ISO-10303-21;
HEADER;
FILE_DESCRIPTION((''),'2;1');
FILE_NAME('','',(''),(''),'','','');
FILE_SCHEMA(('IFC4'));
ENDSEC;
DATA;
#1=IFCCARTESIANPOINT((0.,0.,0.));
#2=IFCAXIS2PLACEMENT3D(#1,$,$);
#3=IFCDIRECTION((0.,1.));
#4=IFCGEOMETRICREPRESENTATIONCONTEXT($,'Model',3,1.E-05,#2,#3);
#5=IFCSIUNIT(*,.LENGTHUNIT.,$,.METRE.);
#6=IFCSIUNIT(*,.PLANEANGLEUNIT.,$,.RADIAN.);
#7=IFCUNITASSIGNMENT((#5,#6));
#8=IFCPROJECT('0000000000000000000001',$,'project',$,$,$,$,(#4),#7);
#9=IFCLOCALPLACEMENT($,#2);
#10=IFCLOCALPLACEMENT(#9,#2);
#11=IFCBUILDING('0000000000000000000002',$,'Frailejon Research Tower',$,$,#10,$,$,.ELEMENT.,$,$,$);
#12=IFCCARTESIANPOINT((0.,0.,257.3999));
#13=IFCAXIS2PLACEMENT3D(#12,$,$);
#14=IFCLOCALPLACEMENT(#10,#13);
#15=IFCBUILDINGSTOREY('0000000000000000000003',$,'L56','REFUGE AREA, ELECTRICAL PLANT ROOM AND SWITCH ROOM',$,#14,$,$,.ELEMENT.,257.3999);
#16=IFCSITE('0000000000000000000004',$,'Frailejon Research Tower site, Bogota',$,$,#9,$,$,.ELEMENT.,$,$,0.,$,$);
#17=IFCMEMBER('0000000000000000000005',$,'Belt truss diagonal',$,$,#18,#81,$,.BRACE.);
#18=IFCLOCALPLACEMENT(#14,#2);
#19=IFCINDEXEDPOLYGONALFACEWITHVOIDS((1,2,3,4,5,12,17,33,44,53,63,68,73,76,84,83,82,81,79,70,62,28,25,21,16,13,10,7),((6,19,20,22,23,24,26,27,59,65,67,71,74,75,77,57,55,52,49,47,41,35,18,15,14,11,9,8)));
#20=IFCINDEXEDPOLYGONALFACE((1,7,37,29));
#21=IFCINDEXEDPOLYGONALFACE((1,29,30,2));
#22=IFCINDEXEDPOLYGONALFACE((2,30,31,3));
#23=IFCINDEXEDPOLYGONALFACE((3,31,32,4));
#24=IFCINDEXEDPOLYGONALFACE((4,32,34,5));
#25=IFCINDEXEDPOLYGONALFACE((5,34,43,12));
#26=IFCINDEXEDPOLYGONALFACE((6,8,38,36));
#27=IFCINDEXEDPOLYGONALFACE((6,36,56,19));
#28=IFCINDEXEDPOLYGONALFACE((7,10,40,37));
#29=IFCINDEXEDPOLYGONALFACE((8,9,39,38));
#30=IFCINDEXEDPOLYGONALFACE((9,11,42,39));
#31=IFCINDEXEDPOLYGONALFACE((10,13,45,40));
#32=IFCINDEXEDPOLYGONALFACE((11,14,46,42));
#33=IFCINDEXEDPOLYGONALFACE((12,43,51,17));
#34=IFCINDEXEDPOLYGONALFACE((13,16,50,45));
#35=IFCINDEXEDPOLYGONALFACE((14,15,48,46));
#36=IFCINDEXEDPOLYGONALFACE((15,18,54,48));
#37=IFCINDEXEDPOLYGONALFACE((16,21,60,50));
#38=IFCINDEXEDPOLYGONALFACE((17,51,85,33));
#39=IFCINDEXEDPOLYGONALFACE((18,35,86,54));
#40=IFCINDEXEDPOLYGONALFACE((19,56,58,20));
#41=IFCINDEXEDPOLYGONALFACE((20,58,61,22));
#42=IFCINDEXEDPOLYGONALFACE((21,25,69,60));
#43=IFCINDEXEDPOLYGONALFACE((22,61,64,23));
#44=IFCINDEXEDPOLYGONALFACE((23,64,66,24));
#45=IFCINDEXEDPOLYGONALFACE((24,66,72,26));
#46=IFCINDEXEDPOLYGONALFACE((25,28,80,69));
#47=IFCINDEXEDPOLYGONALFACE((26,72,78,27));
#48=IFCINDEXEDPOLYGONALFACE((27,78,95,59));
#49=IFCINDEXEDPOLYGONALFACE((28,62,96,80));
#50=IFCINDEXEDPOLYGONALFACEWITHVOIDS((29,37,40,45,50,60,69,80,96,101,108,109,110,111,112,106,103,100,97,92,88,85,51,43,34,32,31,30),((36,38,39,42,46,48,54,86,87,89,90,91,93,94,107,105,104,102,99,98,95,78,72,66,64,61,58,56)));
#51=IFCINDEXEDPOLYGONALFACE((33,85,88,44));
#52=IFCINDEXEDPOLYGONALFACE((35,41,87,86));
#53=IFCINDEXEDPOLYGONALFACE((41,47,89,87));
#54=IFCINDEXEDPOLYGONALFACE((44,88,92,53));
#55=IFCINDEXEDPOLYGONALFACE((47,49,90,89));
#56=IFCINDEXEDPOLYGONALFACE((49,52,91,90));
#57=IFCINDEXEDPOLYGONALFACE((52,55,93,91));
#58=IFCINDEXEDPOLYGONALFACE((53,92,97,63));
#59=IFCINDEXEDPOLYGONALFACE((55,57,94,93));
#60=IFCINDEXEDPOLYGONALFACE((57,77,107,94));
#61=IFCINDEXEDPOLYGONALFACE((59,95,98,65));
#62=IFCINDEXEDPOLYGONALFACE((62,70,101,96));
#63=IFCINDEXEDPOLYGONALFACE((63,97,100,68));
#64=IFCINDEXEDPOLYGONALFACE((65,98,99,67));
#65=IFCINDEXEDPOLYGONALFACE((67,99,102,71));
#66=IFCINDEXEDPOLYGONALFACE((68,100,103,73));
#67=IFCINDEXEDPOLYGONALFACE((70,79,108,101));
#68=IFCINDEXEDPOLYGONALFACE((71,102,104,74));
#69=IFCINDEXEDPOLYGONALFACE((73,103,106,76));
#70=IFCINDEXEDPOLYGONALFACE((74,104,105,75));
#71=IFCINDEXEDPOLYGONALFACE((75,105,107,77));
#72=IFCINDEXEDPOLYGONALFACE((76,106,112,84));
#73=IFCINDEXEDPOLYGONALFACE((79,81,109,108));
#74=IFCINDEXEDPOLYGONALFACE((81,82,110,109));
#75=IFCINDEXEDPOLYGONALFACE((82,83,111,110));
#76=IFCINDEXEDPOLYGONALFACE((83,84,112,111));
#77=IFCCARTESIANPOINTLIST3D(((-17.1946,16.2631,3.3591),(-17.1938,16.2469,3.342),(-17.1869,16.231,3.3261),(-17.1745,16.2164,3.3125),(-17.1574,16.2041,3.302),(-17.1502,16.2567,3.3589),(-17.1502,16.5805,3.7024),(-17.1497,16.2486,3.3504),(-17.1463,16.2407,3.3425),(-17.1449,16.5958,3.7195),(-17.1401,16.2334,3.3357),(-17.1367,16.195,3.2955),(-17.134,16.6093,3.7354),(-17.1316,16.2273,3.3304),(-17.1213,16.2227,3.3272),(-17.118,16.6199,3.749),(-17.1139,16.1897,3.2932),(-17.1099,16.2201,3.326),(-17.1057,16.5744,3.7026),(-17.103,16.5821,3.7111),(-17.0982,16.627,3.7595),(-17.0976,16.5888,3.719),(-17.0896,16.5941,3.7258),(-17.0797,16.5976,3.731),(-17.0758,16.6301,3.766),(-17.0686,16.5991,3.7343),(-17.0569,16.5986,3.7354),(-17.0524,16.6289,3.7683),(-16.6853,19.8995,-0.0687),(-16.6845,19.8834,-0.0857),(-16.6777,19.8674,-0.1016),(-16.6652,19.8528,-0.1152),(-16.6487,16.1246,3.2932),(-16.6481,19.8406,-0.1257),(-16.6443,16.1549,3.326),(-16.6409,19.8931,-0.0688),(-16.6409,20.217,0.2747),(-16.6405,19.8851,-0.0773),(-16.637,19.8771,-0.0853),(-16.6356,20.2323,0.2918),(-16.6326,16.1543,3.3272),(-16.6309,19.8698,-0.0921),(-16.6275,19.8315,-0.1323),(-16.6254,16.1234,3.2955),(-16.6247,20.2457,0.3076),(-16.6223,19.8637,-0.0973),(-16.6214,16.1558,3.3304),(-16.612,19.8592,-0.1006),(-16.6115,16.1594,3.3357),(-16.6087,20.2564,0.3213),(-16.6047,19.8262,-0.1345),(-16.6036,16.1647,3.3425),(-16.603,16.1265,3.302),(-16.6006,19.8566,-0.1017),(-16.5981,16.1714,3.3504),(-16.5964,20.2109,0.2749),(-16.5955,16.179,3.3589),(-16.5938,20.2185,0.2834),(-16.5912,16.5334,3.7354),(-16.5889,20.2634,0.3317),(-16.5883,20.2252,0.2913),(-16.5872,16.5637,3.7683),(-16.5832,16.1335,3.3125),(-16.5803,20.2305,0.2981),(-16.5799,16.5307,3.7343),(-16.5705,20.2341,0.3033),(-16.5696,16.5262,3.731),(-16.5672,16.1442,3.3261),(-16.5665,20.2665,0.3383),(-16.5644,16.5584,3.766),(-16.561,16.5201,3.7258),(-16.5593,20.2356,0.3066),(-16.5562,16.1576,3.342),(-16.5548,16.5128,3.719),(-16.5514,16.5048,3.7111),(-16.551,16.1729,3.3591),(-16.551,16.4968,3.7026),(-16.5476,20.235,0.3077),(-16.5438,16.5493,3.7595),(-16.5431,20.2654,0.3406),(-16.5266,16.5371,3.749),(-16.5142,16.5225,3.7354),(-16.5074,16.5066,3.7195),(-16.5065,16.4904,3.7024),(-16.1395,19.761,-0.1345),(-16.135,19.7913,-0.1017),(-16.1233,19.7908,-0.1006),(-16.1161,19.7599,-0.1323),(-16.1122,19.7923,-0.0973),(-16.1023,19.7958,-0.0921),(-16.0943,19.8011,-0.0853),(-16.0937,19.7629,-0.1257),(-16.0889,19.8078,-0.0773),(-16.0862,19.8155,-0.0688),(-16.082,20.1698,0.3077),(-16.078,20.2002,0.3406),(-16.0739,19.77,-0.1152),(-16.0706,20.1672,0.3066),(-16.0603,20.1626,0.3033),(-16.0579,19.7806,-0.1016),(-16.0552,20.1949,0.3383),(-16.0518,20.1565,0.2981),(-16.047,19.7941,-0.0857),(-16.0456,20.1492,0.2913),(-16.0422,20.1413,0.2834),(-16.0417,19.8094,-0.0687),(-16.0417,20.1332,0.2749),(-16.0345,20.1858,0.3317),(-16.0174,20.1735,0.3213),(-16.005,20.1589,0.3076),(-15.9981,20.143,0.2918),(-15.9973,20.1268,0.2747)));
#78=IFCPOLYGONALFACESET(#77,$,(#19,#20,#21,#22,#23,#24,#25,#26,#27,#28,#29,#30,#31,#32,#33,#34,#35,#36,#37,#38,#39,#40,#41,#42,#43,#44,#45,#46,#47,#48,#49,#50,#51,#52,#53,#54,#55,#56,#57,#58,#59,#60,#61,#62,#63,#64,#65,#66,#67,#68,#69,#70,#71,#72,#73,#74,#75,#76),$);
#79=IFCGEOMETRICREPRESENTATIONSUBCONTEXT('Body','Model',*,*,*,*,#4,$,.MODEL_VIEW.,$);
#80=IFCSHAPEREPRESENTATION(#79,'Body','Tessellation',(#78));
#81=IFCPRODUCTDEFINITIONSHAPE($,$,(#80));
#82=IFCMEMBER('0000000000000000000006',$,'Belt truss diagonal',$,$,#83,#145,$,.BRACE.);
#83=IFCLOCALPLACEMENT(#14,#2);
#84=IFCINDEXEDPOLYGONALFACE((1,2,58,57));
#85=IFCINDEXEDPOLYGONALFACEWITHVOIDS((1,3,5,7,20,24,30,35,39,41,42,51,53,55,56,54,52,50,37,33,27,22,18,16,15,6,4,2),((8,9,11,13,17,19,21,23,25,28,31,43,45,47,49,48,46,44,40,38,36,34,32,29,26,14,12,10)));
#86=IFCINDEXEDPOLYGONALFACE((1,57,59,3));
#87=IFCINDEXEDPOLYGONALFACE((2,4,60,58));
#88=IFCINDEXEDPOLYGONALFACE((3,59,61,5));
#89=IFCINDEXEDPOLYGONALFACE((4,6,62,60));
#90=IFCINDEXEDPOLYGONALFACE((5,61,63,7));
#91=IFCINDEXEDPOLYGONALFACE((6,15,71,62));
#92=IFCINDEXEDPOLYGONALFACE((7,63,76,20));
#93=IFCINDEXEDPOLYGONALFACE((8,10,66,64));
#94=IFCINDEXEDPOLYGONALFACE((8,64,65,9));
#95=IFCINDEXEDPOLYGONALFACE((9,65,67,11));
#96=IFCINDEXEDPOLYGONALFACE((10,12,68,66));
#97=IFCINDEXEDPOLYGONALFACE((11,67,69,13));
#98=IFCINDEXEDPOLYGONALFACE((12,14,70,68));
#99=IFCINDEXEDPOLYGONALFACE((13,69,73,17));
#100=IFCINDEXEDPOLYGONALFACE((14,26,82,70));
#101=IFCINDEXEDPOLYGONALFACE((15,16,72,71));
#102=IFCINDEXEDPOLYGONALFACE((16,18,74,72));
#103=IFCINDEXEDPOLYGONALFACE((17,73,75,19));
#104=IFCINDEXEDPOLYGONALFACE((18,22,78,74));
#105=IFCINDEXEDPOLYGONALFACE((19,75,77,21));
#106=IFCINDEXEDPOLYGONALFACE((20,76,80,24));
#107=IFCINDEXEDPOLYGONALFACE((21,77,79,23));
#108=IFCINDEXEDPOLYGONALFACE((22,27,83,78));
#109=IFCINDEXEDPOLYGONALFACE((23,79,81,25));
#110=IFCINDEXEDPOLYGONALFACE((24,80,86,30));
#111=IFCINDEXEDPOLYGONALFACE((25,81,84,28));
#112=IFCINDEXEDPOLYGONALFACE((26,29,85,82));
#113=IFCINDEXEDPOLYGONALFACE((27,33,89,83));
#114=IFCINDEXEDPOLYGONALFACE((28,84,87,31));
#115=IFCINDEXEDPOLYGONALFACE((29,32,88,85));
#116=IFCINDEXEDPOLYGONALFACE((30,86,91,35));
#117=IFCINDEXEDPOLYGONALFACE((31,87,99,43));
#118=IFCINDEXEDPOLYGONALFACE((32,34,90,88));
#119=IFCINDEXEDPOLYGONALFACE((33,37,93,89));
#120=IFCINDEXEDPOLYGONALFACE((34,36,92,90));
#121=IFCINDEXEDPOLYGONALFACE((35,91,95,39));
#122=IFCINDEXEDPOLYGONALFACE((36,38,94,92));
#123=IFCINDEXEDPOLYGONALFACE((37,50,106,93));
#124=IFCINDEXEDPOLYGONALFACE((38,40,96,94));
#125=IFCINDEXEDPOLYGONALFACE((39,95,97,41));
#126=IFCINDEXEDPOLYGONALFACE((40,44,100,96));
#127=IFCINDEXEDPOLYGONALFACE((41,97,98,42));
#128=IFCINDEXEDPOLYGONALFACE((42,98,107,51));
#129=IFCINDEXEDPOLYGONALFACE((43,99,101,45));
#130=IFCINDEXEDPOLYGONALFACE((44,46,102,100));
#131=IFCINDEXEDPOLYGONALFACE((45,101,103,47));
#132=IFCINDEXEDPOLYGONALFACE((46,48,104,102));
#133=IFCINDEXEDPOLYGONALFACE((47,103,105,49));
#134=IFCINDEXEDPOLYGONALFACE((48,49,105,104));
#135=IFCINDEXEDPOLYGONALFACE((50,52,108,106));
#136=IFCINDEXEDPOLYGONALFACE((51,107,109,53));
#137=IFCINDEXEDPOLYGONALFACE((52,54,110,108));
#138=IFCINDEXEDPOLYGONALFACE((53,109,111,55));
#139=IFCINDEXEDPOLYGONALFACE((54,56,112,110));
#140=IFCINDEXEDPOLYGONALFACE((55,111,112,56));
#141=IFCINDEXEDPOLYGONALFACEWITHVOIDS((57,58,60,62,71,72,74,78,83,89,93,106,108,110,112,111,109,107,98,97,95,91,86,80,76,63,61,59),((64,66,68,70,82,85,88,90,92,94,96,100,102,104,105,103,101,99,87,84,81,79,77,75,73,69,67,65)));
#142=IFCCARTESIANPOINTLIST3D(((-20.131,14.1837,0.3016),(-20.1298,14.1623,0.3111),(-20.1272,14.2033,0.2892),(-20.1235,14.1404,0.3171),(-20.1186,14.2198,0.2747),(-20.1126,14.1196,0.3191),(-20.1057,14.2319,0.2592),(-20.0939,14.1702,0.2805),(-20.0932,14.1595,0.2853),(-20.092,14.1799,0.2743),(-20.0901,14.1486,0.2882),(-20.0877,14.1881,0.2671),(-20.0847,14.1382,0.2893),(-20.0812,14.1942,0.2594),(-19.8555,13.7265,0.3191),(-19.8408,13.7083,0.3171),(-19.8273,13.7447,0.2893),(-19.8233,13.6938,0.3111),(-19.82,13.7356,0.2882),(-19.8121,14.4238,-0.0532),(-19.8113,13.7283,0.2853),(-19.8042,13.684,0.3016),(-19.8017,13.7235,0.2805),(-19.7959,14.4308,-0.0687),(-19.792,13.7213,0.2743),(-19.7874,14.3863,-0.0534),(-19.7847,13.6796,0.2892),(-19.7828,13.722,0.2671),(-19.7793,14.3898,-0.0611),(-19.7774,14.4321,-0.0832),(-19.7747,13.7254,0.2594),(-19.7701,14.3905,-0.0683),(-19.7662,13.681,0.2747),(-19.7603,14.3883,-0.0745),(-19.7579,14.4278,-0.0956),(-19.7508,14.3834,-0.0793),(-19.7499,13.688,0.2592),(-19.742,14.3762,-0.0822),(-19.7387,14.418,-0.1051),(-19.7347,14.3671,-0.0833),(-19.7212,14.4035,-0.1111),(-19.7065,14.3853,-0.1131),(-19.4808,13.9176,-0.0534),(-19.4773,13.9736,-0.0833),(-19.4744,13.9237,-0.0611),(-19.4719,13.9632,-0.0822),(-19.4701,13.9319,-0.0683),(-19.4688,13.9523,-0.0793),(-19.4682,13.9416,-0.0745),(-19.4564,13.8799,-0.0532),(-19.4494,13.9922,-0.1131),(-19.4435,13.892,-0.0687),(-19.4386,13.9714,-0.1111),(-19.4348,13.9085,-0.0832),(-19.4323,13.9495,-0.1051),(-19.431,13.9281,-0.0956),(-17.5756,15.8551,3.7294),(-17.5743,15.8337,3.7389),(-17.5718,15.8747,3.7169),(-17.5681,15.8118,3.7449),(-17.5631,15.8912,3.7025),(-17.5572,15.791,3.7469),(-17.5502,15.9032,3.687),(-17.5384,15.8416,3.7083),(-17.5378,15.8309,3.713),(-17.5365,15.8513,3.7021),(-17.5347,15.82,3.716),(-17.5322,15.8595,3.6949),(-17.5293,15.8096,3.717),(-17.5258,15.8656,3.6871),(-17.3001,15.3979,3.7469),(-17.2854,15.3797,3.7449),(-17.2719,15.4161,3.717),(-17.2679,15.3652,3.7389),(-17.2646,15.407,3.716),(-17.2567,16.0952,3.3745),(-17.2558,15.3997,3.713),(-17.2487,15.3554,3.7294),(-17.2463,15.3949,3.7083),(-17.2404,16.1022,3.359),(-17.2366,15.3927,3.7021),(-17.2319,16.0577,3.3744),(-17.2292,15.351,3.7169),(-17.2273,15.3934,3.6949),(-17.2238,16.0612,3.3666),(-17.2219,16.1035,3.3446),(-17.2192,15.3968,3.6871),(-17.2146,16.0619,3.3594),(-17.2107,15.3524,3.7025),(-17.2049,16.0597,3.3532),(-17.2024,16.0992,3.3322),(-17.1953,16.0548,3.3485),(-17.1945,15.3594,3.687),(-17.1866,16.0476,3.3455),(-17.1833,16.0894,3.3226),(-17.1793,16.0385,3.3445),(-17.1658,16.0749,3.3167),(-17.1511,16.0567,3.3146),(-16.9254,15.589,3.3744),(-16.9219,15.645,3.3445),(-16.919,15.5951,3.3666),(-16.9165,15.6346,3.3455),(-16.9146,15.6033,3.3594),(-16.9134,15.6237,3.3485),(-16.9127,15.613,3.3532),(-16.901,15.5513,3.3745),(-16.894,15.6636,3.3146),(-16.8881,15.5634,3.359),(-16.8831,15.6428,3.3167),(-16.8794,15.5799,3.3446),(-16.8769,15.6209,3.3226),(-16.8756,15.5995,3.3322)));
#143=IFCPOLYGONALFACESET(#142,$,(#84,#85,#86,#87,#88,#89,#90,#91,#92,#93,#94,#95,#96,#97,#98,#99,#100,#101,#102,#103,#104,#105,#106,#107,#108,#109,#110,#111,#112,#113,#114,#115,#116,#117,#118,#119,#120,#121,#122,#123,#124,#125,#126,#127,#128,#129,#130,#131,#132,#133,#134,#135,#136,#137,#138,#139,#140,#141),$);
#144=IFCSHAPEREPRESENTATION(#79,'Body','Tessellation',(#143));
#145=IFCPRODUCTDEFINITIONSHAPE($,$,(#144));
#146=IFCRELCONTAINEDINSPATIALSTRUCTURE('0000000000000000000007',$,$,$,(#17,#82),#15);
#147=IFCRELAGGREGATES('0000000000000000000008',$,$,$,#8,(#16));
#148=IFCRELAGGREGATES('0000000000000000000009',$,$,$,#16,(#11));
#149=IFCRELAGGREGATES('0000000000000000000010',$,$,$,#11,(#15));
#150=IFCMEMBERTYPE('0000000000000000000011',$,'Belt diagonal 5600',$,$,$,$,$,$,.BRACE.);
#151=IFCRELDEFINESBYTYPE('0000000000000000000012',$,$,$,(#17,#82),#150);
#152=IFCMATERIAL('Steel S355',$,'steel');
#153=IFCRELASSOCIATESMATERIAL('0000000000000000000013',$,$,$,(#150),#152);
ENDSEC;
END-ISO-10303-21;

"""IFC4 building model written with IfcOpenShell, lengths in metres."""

from ifc_helpers import new_model, si_unit, direction, frame, origin, origin_2d, place, context, subcontext, project, spatial, hollow_rectangle, extrude, material, material_profile, profile_set, type_object, element, save


model = new_model("IFC4")

# Units and contexts
model_context = context("Model", 3, precision=1e-05, world=origin(), true_north=direction((0.0, 1.0)))
body_context = subcontext(model_context, "Body", "Model", "MODEL_VIEW")
ifc_project = project(units=[si_unit("LENGTHUNIT", "METRE"), si_unit("PLANEANGLEUNIT", "RADIAN")], contexts=[model_context])

# Site, building, storey
site_placement = place(None, origin())
site = spatial("IfcSite", under=ifc_project, at=site_placement, Name="Frailejon Research Tower site, Bogota", CompositionType="ELEMENT", RefElevation=0.0)
building_placement = place(site_placement, origin())
building = spatial("IfcBuilding", under=site, at=building_placement, Name="Frailejon Research Tower", CompositionType="ELEMENT")
storey_placement = place(building_placement, frame((0.0, 0.0, 257.3999)))
storey = spatial("IfcBuildingStorey", under=building, at=storey_placement, Name="L56", Description="REFUGE AREA, ELECTRICAL PLANT ROOM AND SWITCH ROOM", CompositionType="ELEMENT", Elevation=257.3999)

# Members
ifc_material_1 = material(Name="Steel S355", Category="steel")
ifc_material_profile_1 = material_profile(ifc_material_1, hollow_rectangle(XDim=0.6499, YDim=0.6499, WallThickness=0.0449, InnerFilletRadius=0.0449, OuterFilletRadius=0.0901, at=origin_2d()), Name="Belt diagonal 5600")
ifc_profile_set_1 = profile_set([ifc_material_profile_1], Name="Steel S355")
member_type = type_object("IfcMemberType", Name="Belt diagonal 5600", PredefinedType="BRACE", material=ifc_profile_set_1)
member_1_placement = place(storey_placement, frame((-16.3413, 20.0132, 0.103), z_axis=(-0.101385, -0.723934, 0.682379), x_axis=(0.990335, -0.138693, 0.0)))
element("IfcMember", 1, at=member_1_placement, inside=storey, type_object=member_type, Name="Belt truss diagonal", PredefinedType="BRACE", context=body_context, shape_type="SweptSolid", body=[
    extrude(hollow_rectangle(XDim=0.6499, YDim=0.6499, WallThickness=0.0449, InnerFilletRadius=0.0449, OuterFilletRadius=0.0901, at=origin_2d()), origin(), (0.0, 0.0, 1.0), 5.0232),
])
member_2_placement = place(storey_placement, frame((-17.2256, 15.7273, 3.5308), z_axis=(-0.556671, -0.364094, -0.746695), x_axis=(0.547372, -0.836889, 0.0)))
element("IfcMember", 2, at=member_2_placement, inside=storey, type_object=member_type, Name="Belt truss diagonal", PredefinedType="BRACE", context=body_context, shape_type="SweptSolid", body=[
    extrude(hollow_rectangle(XDim=0.6499, YDim=0.6499, WallThickness=0.0449, InnerFilletRadius=0.0449, OuterFilletRadius=0.0901, at=origin_2d()), origin(), (0.0, 0.0, 1.0), 4.5906),
])

save(model, "model.ifc")
